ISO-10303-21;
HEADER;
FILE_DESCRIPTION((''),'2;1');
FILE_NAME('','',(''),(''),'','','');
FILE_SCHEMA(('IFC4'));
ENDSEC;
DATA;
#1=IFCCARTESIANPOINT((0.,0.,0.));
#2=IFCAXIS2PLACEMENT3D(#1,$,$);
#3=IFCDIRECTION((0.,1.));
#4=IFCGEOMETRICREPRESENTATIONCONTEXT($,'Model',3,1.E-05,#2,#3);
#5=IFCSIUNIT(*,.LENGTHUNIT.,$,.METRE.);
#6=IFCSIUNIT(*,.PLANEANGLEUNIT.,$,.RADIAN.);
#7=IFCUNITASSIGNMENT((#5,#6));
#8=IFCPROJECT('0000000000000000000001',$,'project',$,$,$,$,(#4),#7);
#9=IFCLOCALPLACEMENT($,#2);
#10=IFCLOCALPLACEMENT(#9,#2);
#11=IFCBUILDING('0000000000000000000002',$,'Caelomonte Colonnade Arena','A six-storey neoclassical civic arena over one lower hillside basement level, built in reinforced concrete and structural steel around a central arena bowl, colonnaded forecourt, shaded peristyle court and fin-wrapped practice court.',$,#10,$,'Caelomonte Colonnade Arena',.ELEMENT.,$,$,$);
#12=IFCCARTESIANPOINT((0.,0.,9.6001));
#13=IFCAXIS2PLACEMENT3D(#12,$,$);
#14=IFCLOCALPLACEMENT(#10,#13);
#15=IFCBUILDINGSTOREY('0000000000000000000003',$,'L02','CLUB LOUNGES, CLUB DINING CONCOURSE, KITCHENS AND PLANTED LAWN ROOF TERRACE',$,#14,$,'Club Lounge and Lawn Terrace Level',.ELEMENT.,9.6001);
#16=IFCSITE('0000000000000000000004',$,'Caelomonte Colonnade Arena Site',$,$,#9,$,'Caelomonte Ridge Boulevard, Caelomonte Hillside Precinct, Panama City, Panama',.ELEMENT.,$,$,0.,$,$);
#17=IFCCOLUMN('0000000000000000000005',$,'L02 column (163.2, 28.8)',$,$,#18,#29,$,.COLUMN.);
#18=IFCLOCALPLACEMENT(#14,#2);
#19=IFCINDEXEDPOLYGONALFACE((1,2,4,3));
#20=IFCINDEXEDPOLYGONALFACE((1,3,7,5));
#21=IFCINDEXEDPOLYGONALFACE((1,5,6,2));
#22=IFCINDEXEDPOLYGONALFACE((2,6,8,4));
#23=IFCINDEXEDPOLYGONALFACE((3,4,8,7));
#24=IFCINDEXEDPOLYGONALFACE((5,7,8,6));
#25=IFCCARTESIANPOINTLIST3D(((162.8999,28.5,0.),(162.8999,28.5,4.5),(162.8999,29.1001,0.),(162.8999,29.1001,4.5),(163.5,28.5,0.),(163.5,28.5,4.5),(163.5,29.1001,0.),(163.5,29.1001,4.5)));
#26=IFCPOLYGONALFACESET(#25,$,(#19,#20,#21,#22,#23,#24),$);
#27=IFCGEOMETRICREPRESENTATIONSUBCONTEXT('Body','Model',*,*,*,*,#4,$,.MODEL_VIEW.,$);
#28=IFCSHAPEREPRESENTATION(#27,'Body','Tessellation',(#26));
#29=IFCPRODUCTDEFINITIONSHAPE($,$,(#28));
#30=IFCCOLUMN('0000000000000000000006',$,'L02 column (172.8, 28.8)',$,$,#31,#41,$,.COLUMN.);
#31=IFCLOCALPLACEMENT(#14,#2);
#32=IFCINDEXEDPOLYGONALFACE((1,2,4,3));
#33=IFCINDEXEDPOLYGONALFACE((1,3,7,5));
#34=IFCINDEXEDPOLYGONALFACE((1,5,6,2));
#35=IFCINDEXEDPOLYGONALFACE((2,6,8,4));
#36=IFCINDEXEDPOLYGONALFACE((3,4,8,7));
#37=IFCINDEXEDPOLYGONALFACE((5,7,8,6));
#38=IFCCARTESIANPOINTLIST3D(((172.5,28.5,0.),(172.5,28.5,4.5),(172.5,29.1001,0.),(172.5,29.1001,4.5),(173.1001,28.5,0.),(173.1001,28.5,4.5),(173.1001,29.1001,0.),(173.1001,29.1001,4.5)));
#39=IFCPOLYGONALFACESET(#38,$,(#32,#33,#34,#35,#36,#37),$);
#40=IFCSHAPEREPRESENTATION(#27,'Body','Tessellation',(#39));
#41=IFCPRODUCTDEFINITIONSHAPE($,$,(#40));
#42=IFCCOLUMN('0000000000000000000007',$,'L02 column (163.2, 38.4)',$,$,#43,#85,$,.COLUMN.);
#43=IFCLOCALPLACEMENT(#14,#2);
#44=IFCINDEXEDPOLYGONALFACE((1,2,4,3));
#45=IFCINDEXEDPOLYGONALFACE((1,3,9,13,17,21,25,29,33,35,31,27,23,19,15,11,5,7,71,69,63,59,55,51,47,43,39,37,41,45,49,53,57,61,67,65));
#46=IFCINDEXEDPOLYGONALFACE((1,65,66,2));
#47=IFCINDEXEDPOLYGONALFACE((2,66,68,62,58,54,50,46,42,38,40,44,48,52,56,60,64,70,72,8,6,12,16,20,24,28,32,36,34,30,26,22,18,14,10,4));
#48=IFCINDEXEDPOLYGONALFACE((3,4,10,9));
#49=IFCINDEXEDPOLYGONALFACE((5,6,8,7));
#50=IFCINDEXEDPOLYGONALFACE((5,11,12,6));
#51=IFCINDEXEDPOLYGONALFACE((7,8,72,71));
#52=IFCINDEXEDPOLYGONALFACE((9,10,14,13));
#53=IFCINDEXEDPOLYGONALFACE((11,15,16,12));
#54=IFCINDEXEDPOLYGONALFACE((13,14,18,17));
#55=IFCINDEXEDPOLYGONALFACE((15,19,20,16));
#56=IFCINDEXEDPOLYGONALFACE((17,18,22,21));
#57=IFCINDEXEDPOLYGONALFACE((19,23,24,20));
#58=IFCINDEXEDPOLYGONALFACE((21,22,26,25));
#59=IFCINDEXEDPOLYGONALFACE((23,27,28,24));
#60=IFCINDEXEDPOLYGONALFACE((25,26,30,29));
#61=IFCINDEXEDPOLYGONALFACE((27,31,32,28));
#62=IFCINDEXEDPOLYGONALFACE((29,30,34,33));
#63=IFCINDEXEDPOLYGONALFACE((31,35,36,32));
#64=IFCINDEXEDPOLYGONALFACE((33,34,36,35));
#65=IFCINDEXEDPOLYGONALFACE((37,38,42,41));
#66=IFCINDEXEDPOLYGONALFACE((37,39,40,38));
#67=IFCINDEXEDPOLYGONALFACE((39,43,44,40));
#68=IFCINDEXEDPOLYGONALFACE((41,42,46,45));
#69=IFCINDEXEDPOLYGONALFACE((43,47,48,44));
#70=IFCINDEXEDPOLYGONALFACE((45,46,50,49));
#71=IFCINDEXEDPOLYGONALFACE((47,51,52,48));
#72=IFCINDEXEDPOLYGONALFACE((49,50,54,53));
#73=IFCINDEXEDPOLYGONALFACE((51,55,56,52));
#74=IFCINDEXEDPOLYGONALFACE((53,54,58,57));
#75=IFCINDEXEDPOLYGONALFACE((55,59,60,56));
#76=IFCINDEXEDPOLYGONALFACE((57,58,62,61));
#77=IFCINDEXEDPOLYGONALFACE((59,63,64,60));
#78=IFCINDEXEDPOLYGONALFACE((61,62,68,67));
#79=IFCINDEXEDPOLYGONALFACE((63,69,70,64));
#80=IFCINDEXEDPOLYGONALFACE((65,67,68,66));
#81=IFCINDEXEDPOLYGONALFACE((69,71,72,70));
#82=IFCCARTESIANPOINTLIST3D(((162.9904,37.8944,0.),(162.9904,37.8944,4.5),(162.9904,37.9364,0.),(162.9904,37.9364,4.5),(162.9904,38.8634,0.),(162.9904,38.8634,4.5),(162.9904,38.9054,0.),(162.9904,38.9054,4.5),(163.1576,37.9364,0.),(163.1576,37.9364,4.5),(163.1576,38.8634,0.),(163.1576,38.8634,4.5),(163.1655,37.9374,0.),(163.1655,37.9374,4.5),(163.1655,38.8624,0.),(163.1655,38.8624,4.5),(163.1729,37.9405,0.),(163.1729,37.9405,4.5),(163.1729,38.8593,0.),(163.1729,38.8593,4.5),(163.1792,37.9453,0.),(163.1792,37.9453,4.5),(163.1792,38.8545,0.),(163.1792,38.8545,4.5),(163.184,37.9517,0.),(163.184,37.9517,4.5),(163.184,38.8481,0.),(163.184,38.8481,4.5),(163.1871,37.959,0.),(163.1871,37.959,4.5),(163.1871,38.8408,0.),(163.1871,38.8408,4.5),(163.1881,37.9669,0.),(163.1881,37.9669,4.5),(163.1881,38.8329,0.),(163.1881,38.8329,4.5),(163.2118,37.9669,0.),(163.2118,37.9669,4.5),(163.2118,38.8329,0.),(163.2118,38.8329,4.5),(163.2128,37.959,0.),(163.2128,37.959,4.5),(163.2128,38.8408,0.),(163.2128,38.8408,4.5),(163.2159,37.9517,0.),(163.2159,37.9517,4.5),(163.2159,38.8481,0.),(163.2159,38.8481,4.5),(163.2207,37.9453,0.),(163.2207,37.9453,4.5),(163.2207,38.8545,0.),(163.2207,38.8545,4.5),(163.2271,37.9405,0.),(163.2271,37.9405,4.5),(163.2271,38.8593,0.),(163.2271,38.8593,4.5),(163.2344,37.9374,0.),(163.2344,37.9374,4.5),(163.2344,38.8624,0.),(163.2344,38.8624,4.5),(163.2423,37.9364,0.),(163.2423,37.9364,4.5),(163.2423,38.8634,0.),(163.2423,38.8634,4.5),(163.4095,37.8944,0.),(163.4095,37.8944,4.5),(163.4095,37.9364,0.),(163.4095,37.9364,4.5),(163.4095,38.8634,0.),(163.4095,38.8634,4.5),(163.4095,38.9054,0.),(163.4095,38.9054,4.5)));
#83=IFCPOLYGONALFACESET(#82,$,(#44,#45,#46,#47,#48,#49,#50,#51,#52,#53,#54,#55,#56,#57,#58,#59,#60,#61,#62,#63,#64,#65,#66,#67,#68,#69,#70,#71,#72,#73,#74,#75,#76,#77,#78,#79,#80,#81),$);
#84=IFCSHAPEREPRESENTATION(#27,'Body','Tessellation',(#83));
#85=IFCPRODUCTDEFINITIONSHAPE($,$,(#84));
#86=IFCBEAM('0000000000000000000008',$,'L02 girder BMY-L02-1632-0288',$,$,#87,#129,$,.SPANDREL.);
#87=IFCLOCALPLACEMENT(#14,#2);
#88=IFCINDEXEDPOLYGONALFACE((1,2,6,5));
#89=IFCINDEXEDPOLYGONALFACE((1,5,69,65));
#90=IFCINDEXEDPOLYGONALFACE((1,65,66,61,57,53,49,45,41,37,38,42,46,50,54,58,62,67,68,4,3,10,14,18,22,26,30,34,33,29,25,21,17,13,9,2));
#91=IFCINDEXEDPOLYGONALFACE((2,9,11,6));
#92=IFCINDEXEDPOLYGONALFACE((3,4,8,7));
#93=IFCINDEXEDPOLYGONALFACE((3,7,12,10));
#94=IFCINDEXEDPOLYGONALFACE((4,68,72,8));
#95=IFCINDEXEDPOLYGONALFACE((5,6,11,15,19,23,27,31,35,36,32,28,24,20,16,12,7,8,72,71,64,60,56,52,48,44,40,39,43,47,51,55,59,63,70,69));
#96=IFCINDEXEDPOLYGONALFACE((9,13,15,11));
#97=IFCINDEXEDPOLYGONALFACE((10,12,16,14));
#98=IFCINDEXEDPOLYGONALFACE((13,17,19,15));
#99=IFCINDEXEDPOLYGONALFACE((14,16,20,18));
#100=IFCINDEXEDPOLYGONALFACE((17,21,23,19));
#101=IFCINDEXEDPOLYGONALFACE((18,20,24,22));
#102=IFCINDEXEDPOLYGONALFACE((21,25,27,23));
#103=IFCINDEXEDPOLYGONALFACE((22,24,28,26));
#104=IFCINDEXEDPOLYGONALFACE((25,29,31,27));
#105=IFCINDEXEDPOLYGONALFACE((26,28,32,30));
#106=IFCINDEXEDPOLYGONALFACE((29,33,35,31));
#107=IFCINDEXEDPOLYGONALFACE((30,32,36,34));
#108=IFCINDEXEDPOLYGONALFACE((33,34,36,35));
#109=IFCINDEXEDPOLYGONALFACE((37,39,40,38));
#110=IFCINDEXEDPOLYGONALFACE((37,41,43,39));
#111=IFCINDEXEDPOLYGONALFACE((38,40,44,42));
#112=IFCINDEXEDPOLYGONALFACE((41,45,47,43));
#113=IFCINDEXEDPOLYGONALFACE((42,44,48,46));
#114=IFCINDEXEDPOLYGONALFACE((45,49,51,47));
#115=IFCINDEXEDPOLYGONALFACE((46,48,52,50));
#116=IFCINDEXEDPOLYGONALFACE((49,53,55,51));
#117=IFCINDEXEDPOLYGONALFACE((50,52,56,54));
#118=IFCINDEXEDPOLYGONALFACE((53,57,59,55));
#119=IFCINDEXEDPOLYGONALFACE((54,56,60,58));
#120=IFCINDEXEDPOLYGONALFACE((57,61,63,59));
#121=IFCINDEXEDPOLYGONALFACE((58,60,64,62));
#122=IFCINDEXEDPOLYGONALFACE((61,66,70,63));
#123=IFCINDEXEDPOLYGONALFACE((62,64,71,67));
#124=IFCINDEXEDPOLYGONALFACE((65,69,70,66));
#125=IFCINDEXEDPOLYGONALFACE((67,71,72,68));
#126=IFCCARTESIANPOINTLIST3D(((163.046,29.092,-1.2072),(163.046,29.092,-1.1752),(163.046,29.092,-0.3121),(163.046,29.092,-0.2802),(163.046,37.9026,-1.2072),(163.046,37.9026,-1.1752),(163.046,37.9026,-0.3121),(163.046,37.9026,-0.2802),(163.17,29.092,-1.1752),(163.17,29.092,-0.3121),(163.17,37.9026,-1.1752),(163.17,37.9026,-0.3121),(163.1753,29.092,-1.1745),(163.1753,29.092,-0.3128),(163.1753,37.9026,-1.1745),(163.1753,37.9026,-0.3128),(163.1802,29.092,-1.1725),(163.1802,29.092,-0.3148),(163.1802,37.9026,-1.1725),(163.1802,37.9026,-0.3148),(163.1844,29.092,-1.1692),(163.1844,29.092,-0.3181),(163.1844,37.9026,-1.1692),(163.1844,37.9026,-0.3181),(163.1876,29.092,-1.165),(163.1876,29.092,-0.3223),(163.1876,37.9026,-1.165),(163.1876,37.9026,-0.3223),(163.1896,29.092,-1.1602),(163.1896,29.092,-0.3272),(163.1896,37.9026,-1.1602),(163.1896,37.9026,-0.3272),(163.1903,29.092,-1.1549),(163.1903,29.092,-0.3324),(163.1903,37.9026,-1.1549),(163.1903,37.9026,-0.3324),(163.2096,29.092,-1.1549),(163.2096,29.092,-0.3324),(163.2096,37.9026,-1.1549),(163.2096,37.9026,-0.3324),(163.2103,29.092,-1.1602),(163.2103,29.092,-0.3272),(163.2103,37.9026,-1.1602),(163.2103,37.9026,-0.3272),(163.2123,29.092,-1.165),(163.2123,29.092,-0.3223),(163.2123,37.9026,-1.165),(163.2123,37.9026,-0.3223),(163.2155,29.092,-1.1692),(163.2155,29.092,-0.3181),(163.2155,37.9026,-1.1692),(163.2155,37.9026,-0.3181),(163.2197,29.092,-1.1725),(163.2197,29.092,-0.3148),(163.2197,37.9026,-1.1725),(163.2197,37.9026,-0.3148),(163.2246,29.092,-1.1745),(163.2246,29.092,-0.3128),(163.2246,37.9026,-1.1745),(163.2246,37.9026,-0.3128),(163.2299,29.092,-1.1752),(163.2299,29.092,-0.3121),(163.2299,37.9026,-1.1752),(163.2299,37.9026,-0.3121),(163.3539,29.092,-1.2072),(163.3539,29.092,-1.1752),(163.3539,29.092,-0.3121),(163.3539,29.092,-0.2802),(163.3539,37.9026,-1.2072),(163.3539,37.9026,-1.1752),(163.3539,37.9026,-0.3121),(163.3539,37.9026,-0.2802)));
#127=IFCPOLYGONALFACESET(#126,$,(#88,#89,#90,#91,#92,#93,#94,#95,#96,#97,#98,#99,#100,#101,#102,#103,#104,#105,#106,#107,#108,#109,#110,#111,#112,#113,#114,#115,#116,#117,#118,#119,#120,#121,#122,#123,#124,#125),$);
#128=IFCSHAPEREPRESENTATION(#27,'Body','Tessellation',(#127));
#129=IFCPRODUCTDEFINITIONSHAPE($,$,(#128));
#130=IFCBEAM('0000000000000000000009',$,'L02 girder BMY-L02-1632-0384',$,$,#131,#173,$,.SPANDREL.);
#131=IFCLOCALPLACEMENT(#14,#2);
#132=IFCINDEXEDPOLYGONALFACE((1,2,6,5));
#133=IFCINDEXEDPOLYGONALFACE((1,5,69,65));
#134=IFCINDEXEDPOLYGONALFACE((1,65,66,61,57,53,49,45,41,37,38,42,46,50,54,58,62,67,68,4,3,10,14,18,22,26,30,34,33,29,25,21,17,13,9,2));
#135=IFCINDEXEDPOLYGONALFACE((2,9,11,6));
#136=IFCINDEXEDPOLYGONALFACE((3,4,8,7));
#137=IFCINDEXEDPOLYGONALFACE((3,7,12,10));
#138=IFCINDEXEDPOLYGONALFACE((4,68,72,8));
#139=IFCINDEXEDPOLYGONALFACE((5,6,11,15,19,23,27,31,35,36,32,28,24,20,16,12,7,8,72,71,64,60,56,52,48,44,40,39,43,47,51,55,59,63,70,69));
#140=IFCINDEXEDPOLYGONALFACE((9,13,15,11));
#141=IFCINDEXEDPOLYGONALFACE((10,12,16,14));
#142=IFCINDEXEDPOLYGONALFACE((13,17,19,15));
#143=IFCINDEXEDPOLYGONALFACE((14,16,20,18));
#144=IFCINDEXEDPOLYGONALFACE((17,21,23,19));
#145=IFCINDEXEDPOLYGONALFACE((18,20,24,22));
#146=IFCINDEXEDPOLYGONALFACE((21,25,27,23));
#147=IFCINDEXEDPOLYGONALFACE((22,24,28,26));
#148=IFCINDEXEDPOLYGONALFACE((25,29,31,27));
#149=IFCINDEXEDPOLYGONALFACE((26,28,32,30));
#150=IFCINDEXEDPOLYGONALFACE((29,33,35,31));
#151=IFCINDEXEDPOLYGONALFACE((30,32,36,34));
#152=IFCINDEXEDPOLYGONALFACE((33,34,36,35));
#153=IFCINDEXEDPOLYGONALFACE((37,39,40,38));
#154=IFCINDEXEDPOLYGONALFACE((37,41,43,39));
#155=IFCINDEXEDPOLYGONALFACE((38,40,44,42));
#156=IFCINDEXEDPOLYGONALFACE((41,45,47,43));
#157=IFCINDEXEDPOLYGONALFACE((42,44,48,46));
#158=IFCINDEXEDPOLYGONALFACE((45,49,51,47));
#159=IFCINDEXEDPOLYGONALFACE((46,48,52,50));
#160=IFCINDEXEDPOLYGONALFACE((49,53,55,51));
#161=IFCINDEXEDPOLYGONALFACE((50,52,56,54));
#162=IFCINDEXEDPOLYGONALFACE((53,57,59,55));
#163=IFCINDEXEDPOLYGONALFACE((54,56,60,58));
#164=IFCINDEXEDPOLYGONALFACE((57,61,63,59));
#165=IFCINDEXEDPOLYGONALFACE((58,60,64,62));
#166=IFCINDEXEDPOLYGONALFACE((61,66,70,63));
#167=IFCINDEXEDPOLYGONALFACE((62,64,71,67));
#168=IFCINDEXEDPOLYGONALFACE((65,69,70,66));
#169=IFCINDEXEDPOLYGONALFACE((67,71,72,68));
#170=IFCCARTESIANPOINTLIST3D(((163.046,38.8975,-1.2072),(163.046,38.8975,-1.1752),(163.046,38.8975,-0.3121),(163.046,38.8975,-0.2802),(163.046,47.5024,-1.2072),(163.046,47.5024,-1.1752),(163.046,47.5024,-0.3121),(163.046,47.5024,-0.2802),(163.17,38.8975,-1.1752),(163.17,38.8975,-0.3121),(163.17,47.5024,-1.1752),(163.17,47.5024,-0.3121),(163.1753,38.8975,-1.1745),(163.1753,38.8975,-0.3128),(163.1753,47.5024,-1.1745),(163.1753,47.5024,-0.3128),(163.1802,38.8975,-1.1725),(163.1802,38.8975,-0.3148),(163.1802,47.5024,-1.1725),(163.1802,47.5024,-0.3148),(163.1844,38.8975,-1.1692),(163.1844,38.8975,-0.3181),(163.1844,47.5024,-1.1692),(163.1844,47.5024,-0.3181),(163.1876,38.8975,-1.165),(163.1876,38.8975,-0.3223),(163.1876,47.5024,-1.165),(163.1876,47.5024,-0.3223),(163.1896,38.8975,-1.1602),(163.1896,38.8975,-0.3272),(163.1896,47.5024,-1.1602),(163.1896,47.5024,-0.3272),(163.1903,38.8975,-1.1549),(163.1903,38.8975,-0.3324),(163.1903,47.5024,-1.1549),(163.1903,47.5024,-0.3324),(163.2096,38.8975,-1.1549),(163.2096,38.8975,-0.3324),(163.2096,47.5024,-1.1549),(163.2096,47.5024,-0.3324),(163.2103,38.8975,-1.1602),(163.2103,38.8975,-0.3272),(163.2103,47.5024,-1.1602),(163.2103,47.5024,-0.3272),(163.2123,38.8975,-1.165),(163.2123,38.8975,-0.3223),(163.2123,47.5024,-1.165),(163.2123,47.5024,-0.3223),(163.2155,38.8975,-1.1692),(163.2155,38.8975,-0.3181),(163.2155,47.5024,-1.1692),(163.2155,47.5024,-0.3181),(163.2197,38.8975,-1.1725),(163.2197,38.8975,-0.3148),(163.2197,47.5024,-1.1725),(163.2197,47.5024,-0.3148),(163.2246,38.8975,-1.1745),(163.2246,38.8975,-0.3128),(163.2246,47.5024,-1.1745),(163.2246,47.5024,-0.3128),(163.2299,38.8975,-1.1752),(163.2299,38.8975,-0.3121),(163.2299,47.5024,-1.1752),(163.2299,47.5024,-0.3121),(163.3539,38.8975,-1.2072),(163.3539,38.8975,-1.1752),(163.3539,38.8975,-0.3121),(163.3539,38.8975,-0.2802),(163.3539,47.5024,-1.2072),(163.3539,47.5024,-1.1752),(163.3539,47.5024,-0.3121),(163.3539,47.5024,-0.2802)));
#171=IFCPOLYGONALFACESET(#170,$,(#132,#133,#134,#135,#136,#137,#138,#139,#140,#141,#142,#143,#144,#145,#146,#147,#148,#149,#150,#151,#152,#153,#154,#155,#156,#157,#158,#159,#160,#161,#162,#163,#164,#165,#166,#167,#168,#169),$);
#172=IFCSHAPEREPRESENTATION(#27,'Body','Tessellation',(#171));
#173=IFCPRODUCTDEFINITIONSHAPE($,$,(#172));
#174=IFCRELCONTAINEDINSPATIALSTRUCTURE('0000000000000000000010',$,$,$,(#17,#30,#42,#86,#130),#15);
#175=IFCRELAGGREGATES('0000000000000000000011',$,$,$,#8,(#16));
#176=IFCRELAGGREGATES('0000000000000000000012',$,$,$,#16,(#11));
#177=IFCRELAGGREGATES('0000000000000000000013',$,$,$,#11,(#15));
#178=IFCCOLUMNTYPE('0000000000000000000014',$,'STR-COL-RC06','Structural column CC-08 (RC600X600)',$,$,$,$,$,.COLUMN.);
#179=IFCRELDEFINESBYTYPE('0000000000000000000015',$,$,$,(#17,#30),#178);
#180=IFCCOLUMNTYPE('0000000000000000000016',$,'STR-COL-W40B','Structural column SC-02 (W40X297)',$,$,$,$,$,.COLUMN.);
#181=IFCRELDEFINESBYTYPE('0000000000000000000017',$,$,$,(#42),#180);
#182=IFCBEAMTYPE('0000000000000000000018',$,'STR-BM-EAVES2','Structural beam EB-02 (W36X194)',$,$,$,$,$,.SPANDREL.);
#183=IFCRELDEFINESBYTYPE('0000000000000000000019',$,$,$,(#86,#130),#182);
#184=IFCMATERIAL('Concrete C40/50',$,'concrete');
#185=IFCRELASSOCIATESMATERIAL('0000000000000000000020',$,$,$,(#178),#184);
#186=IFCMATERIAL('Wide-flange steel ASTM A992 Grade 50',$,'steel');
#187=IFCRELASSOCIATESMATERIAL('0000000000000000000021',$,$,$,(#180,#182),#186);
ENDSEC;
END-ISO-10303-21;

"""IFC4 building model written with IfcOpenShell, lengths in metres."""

from ifc_helpers import new_model, si_unit, direction, frame, origin, origin_2d, place, context, subcontext, project, spatial, rectangle, i_section, extrude, material, material_profile, profile_set, type_object, element, save


model = new_model("IFC4")

# Units and contexts
model_context = context("Model", 3, precision=1e-05, world=origin(), true_north=direction((0.0, 1.0)))
body_context = subcontext(model_context, "Body", "Model", "MODEL_VIEW")
ifc_project = project(units=[si_unit("LENGTHUNIT", "METRE"), si_unit("PLANEANGLEUNIT", "RADIAN")], contexts=[model_context])

# Site, building, storey
site_placement = place(None, origin())
site = spatial("IfcSite", under=ifc_project, at=site_placement, Name="Caelomonte Colonnade Arena Site", LongName="Caelomonte Ridge Boulevard, Caelomonte Hillside Precinct, Panama City, Panama", CompositionType="ELEMENT", RefElevation=0.0)
building_placement = place(site_placement, origin())
building = spatial("IfcBuilding", under=site, at=building_placement, Name="Caelomonte Colonnade Arena", Description="A six-storey neoclassical civic arena over one lower hillside basement level, built in reinforced concrete and structural steel around a central arena bowl, colonnaded forecourt, shaded peristyle court and fin-wrapped practice court.", LongName="Caelomonte Colonnade Arena", CompositionType="ELEMENT")
storey_placement = place(building_placement, frame((0.0, 0.0, 9.6001)))
storey = spatial("IfcBuildingStorey", under=building, at=storey_placement, Name="L02", Description="CLUB LOUNGES, CLUB DINING CONCOURSE, KITCHENS AND PLANTED LAWN ROOF TERRACE", LongName="Club Lounge and Lawn Terrace Level", CompositionType="ELEMENT", Elevation=9.6001)

# Columns
ifc_material_1 = material(Name="Concrete C40/50", Category="concrete")
ifc_material_profile_1 = material_profile(ifc_material_1, rectangle(XDim=0.6001, YDim=0.6001, at=origin_2d()), Name="RC600X600")
ifc_profile_set_1 = profile_set([ifc_material_profile_1], Name="Concrete C40/50")
column_type_1 = type_object("IfcColumnType", Name="STR-COL-RC06", Description="Structural column CC-08 (RC600X600)", PredefinedType="COLUMN", material=ifc_profile_set_1)
for number, where, z_axis, x_axis, name in (
    (1, (163.2, 28.8, 0.0), (0.0, 0.0, 1.0), (1.0, 0.0, 0.0), "L02 column (163.2, 28.8)"),
    (2, (172.8, 28.8, 0.0), (0.0, 0.0, 1.0), (1.0, 0.0, 0.0), "L02 column (172.8, 28.8)"),
):
    element("IfcColumn", number, at=place(storey_placement, frame(where, z_axis=z_axis, x_axis=x_axis)), inside=storey, type_object=column_type_1, Name=name, PredefinedType="COLUMN", context=body_context, shape_type="SweptSolid", body=[
        extrude(rectangle(XDim=0.6001, YDim=0.6001, at=origin_2d()), origin(), (0.0, 0.0, 1.0), 4.5),
    ])
ifc_material_2 = material(Name="Wide-flange steel ASTM A992 Grade 50", Category="steel")
ifc_material_profile_2 = material_profile(ifc_material_2, i_section(OverallWidth=0.4192, OverallDepth=1.011, WebThickness=0.0237, FlangeThickness=0.042, FilletRadius=0.0305, at=origin_2d()), Name="W40X297")
ifc_profile_set_2 = profile_set([ifc_material_profile_2], Name="Wide-flange steel ASTM A992 Grade 50")
column_type_2 = type_object("IfcColumnType", Name="STR-COL-W40B", Description="Structural column SC-02 (W40X297)", PredefinedType="COLUMN", material=ifc_profile_set_2)
column_placement = place(storey_placement, frame((163.2, 38.3999, 0.0), z_axis=(0.0, 0.0, 1.0), x_axis=(1.0, 0.0, 0.0)))
element("IfcColumn", 3, at=column_placement, inside=storey, type_object=column_type_2, Name="L02 column (163.2, 38.4)", PredefinedType="COLUMN", context=body_context, shape_type="SweptSolid", body=[
    extrude(i_section(OverallWidth=0.4192, OverallDepth=1.011, WebThickness=0.0237, FlangeThickness=0.042, FilletRadius=0.0305, at=origin_2d()), origin(), (0.0, 0.0, 1.0), 4.5),
])

# Beams
ifc_material_profile_3 = material_profile(ifc_material_2, i_section(OverallWidth=0.3079, OverallDepth=0.927, WebThickness=0.0193, FlangeThickness=0.032, FilletRadius=0.0203, at=origin_2d()), Name="W36X194")
ifc_profile_set_3 = profile_set([ifc_material_profile_3], Name="Wide-flange steel ASTM A992 Grade 50")
beam_type_1 = type_object("IfcBeamType", Name="STR-BM-EAVES2", Description="Structural beam EB-02 (W36X194)", PredefinedType="SPANDREL", material=ifc_profile_set_3)
beam_1_placement = place(storey_placement, frame((163.2, 29.092, -0.7437), z_axis=(0.0, 1.0, 0.0), x_axis=(-1.0, 0.0, 0.0)))
element("IfcBeam", 4, at=beam_1_placement, inside=storey, type_object=beam_type_1, Name="L02 girder BMY-L02-1632-0288", PredefinedType="SPANDREL", context=body_context, shape_type="SweptSolid", body=[
    extrude(i_section(OverallWidth=0.3079, OverallDepth=0.927, WebThickness=0.0193, FlangeThickness=0.032, FilletRadius=0.0203, at=origin_2d()), origin(), (0.0, 0.0, 1.0), 8.8105),
])
beam_2_placement = place(storey_placement, frame((163.2, 38.8975, -0.7437), z_axis=(0.0, 1.0, 0.0), x_axis=(-1.0, 0.0, 0.0)))
element("IfcBeam", 5, at=beam_2_placement, inside=storey, type_object=beam_type_1, Name="L02 girder BMY-L02-1632-0384", PredefinedType="SPANDREL", context=body_context, shape_type="SweptSolid", body=[
    extrude(i_section(OverallWidth=0.3079, OverallDepth=0.927, WebThickness=0.0193, FlangeThickness=0.032, FilletRadius=0.0203, at=origin_2d()), origin(), (0.0, 0.0, 1.0), 8.605),
])

save(model, "model.ifc")
